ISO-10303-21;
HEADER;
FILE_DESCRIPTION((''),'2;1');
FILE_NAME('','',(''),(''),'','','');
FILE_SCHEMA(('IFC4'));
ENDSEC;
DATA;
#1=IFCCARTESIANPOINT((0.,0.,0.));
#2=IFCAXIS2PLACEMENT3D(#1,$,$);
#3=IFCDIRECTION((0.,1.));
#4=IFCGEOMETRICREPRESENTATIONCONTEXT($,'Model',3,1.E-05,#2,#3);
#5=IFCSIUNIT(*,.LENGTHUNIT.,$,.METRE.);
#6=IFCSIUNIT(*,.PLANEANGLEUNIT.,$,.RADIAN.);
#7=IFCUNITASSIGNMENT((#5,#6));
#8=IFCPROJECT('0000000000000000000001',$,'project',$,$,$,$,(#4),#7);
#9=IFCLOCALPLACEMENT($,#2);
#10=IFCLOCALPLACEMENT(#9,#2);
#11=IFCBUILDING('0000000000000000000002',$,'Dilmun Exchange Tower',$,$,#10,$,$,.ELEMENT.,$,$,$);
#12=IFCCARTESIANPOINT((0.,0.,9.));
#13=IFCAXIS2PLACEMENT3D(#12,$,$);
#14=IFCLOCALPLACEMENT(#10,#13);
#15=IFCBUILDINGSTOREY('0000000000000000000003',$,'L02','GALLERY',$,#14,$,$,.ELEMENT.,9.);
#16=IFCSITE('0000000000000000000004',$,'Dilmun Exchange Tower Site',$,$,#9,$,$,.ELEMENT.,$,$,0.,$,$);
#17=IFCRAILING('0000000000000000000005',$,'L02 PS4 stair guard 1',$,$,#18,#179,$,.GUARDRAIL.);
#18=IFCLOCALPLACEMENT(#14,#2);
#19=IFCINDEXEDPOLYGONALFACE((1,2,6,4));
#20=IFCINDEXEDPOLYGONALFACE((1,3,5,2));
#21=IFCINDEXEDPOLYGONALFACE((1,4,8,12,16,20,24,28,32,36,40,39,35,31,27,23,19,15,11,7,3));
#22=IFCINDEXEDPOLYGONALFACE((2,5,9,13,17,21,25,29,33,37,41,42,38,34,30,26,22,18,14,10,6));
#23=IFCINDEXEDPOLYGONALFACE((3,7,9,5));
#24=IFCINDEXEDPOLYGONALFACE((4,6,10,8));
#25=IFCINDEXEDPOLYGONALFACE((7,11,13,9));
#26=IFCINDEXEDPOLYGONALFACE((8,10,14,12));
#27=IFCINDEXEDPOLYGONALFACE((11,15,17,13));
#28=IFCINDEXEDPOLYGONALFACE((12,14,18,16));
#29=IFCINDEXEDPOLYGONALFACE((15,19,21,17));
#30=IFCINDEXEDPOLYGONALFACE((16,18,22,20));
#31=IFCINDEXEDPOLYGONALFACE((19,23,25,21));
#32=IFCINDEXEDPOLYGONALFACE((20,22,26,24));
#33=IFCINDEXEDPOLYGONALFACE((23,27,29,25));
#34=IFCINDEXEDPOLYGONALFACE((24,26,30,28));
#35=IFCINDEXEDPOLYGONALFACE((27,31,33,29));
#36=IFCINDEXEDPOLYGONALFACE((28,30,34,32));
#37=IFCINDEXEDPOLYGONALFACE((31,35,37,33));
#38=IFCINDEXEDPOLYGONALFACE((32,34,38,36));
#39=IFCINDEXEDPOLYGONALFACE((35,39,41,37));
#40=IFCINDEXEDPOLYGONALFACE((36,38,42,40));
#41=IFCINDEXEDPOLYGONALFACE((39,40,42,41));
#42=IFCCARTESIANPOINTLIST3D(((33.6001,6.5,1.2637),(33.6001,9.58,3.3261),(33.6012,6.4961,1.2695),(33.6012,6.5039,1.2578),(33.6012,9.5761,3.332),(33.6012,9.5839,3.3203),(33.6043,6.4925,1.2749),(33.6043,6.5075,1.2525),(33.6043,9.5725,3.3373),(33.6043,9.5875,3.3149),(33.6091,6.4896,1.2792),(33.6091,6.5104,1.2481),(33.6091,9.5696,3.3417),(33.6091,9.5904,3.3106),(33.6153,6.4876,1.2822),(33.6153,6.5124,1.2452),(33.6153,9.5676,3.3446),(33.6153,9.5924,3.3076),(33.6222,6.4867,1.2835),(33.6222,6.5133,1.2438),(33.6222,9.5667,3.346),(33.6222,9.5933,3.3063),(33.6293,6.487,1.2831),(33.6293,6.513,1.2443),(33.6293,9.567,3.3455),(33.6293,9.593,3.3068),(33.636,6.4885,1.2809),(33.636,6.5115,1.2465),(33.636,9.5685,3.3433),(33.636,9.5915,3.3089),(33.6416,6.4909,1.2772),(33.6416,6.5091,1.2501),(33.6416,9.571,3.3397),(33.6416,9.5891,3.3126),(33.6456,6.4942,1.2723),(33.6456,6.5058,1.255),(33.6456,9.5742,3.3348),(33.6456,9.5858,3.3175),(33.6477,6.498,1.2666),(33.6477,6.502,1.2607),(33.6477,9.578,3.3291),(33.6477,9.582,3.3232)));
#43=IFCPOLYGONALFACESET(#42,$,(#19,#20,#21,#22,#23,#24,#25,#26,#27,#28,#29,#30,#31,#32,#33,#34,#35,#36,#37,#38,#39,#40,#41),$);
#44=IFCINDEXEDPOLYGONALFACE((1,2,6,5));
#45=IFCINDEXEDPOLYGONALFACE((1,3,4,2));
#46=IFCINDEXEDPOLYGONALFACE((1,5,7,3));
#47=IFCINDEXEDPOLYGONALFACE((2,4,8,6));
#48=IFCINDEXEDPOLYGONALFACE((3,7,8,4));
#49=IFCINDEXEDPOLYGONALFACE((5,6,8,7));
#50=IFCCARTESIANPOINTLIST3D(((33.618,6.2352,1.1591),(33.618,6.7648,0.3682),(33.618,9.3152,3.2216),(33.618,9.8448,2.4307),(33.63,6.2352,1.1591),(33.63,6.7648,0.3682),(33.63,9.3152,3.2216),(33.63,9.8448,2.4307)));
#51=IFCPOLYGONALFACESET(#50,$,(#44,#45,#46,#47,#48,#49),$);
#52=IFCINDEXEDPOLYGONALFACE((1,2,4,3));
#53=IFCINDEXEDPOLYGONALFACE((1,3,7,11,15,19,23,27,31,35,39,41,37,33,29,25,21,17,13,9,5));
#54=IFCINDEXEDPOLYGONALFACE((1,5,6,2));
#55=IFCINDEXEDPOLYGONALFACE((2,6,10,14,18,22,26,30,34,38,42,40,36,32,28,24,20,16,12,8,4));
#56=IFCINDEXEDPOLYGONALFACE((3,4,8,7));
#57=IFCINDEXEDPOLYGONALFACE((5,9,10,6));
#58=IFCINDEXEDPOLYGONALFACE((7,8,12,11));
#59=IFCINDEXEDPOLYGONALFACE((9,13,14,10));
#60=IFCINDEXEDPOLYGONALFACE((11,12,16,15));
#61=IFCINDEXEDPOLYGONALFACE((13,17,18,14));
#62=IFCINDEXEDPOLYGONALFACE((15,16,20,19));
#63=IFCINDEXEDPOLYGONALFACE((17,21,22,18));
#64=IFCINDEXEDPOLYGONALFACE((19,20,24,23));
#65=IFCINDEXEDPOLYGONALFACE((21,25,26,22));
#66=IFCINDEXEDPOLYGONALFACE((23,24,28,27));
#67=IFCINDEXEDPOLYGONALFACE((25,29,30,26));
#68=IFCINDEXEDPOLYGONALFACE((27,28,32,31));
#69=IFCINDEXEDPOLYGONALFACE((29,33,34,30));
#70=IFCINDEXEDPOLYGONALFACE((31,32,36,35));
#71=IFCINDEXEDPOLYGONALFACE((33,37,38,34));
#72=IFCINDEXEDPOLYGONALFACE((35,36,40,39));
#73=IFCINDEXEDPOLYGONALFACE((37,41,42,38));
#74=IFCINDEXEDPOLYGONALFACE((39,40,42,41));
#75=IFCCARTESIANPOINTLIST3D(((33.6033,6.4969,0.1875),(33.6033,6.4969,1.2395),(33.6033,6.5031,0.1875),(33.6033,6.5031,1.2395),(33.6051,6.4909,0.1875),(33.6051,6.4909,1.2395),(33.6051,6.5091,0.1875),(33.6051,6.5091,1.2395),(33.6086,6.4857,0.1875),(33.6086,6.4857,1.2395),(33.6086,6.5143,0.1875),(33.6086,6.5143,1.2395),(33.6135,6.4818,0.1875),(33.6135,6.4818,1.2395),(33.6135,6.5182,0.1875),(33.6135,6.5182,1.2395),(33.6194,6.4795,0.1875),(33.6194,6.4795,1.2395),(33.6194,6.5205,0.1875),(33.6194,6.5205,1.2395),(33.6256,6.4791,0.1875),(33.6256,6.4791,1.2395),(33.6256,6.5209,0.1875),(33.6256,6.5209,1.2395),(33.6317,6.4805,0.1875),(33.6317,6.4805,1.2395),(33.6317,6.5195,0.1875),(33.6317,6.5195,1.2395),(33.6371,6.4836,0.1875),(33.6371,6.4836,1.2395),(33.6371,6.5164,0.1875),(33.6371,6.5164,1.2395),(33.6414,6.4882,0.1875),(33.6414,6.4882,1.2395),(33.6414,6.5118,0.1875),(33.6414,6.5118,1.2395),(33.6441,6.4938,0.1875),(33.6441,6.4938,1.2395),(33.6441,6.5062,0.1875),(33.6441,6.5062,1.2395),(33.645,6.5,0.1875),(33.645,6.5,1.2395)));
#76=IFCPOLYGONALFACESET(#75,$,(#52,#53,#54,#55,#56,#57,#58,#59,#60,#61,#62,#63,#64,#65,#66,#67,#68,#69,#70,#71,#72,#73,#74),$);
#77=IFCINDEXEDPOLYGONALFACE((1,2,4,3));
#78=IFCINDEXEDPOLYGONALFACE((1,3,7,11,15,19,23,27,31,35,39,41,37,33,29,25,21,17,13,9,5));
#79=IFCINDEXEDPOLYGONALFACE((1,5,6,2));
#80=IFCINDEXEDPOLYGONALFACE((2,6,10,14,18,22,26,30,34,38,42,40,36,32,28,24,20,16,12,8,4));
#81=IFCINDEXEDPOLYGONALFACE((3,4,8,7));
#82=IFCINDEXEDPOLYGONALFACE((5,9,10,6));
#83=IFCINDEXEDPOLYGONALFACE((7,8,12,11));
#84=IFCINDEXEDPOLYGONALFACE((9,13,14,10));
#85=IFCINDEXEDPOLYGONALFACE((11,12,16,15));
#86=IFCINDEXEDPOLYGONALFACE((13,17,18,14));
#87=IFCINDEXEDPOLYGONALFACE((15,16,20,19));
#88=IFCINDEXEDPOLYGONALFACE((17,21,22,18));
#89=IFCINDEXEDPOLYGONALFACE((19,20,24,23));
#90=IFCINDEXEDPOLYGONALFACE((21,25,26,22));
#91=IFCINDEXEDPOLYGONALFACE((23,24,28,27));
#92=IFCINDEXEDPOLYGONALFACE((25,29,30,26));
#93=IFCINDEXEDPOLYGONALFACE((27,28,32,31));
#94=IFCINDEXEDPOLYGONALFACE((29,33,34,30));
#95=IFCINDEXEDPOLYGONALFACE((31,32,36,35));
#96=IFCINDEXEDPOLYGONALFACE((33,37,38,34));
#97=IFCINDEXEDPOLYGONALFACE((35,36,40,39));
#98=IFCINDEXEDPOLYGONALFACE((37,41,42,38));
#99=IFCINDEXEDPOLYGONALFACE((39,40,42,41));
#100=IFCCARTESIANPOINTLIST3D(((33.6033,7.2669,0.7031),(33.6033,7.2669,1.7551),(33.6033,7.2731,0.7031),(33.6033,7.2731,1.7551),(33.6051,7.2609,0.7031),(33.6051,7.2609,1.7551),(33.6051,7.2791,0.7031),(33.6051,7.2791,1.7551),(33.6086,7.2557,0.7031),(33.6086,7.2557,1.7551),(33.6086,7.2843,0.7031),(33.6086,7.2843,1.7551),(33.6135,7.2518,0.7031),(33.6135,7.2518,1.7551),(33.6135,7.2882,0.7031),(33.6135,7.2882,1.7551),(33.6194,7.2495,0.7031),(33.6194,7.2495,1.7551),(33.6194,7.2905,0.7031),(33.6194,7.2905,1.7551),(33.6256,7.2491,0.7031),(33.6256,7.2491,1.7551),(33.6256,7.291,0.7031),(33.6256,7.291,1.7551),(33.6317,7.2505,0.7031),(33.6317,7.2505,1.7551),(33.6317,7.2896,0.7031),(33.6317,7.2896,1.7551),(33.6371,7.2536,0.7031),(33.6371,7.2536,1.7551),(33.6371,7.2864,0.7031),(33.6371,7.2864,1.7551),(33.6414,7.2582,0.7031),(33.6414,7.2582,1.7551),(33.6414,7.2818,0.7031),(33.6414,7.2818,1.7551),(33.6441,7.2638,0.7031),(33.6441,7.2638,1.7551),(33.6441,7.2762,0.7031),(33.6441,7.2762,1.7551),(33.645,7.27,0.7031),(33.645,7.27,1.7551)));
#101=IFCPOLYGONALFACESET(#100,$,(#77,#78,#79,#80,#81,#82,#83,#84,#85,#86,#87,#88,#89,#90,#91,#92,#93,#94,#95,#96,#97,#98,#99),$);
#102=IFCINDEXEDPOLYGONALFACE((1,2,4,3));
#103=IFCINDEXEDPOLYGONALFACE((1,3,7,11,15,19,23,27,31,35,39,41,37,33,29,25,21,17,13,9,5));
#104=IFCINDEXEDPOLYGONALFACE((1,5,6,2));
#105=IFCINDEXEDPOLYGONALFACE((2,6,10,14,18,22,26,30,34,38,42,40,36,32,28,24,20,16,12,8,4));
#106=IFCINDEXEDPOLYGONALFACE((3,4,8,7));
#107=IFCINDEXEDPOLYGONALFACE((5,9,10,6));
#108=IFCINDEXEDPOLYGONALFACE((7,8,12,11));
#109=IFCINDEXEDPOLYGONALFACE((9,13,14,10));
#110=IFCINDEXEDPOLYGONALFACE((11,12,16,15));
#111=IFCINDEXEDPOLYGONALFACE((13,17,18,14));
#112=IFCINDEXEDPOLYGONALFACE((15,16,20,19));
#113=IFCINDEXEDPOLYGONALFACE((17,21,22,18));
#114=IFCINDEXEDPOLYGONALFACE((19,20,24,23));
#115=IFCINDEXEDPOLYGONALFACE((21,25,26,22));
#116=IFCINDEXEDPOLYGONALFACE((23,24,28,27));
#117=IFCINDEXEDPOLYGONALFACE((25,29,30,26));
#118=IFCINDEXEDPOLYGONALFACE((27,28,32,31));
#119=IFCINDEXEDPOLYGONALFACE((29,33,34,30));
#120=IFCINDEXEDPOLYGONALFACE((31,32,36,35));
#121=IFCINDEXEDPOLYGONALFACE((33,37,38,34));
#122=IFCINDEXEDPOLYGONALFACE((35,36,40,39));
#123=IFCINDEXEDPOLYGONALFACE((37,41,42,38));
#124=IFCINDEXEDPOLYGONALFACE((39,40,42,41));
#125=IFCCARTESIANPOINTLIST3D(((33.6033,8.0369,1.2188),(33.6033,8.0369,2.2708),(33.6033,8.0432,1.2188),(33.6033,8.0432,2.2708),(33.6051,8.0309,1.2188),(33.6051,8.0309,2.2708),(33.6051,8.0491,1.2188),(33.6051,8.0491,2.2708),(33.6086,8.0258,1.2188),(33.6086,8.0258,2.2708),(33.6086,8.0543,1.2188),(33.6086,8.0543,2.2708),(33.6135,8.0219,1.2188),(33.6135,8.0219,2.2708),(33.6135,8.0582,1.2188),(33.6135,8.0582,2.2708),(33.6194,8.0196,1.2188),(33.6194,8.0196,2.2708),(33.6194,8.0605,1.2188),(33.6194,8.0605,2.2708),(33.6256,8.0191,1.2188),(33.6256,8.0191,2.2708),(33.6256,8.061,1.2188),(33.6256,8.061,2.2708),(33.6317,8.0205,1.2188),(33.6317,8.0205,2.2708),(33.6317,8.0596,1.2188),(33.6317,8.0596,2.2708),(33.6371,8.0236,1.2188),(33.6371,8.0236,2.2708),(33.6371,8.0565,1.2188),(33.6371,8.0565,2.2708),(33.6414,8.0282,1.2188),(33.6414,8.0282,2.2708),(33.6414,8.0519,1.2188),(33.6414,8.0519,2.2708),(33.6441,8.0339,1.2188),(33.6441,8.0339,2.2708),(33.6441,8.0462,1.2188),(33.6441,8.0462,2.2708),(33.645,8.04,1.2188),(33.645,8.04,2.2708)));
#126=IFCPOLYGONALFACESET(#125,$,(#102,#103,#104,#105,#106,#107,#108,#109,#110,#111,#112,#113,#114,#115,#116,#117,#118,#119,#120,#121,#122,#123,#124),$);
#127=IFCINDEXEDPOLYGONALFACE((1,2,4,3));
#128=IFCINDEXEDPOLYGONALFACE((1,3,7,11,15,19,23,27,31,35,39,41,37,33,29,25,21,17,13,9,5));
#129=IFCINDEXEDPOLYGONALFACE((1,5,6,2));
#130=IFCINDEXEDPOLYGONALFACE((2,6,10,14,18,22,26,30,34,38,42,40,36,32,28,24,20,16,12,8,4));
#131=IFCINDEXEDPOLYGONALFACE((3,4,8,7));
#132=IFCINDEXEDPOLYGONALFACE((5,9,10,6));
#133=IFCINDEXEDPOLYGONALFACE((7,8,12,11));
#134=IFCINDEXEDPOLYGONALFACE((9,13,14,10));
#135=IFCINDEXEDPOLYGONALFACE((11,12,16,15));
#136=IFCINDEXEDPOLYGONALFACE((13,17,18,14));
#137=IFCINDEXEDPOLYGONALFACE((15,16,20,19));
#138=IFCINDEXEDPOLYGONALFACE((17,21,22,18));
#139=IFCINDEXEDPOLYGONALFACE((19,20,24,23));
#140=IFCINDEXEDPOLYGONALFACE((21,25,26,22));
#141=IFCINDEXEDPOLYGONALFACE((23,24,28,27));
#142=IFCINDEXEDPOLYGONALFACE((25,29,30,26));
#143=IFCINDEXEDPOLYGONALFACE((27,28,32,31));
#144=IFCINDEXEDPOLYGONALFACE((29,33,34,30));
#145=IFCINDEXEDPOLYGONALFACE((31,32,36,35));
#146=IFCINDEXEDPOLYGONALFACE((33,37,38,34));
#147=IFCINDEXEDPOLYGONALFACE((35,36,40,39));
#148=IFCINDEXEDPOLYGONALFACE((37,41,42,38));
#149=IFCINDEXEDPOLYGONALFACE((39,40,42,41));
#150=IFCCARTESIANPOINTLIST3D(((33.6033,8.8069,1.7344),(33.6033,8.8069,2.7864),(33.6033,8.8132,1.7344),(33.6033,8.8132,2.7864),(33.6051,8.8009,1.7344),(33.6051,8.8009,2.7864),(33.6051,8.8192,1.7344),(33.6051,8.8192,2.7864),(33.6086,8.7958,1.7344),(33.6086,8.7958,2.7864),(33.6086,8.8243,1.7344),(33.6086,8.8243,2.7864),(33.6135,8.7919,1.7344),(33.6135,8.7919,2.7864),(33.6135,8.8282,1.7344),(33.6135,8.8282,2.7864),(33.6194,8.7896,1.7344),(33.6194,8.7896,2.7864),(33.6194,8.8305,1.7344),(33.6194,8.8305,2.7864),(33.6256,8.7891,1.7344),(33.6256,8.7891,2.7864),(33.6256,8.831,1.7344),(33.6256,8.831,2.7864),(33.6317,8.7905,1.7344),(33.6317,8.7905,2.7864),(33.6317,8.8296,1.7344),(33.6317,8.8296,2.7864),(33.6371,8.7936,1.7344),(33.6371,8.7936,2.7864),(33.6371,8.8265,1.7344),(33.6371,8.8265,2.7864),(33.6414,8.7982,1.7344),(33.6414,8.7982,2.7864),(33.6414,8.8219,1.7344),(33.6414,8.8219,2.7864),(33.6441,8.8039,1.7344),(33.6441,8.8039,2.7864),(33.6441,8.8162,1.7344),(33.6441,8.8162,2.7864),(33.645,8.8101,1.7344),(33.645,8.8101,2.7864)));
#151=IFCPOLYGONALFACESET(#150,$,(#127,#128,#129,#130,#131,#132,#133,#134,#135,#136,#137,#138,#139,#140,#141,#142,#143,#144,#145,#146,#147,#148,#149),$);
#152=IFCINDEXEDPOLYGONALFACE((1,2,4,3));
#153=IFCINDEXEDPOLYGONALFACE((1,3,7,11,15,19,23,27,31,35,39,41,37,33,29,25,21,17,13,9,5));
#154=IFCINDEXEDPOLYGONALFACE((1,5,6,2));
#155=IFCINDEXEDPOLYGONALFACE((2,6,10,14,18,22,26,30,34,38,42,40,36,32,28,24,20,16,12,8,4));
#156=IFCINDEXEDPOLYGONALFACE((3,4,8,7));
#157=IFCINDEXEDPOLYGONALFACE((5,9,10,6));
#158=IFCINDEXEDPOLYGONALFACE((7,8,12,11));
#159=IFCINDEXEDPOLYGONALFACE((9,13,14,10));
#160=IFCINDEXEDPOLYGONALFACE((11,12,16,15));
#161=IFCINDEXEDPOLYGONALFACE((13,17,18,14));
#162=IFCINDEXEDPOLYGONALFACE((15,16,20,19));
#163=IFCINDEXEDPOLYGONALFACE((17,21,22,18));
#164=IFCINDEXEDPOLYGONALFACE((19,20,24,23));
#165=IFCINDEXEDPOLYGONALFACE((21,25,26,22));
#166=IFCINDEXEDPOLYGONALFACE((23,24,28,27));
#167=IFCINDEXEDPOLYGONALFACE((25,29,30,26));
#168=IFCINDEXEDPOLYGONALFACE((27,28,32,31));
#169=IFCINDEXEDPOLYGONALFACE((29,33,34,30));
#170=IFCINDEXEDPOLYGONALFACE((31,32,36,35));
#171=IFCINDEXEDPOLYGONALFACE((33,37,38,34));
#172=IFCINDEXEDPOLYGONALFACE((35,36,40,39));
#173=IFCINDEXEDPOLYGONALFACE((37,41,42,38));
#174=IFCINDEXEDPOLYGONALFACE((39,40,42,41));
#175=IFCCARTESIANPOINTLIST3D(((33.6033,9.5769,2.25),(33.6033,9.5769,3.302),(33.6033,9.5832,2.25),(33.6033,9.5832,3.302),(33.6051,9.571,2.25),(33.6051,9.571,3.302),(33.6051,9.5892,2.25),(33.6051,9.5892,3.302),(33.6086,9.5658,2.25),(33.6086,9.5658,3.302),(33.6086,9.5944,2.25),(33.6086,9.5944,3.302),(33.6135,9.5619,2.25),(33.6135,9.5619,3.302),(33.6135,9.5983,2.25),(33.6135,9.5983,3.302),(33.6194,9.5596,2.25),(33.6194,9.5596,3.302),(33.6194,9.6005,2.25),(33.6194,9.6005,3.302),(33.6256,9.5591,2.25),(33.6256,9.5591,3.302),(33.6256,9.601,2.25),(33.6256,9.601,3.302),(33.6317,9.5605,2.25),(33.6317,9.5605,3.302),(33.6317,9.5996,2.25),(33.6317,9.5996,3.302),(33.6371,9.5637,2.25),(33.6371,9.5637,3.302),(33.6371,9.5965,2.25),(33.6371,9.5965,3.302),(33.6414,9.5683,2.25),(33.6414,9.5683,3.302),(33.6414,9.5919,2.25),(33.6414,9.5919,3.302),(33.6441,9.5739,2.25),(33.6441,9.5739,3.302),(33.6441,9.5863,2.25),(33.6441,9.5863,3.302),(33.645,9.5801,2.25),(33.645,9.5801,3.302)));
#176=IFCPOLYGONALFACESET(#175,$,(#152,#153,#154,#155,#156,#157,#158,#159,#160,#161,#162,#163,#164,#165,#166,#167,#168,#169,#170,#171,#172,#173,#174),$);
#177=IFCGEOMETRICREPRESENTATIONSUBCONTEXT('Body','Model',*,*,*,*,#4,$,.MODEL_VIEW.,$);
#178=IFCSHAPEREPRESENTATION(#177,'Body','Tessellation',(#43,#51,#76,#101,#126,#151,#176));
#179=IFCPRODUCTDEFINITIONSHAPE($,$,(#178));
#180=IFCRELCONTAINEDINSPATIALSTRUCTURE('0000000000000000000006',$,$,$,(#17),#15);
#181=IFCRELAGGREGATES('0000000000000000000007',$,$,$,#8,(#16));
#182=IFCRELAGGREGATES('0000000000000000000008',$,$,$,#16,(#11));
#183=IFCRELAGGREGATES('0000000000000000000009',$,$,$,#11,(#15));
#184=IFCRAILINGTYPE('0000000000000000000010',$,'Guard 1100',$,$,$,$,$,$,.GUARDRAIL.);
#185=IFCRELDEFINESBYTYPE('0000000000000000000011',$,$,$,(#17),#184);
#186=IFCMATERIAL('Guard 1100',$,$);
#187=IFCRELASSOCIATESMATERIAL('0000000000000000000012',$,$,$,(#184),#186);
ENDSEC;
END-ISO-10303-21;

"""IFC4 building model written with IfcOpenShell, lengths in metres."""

from ifc_helpers import new_model, si_unit, direction, frame, origin, origin_2d, place, context, subcontext, project, spatial, rectangle, circle, extrude, material, type_object, element, save


model = new_model("IFC4")

# Units and contexts
model_context = context("Model", 3, precision=1e-05, world=origin(), true_north=direction((0.0, 1.0)))
body_context = subcontext(model_context, "Body", "Model", "MODEL_VIEW")
ifc_project = project(units=[si_unit("LENGTHUNIT", "METRE"), si_unit("PLANEANGLEUNIT", "RADIAN")], contexts=[model_context])

# Site, building, storey
site_placement = place(None, origin())
site = spatial("IfcSite", under=ifc_project, at=site_placement, Name="Dilmun Exchange Tower Site", CompositionType="ELEMENT", RefElevation=0.0)
building_placement = place(site_placement, origin())
building = spatial("IfcBuilding", under=site, at=building_placement, Name="Dilmun Exchange Tower", CompositionType="ELEMENT")
storey_placement = place(building_placement, frame((0.0, 0.0, 9.0)))
storey = spatial("IfcBuildingStorey", under=building, at=storey_placement, Name="L02", Description="GALLERY", CompositionType="ELEMENT", Elevation=9.0)

# Railing
ifc_material_1 = material(Name="Guard 1100")
railing_type_1 = type_object("IfcRailingType", Name="Guard 1100", PredefinedType="GUARDRAIL", material=ifc_material_1)
railing_1_placement = place(storey_placement, frame((33.624, 6.5, 0.1875)))
element("IfcRailing", 1, at=railing_1_placement, inside=storey, type_object=railing_type_1, Name="L02 PS4 stair guard 1", PredefinedType="GUARDRAIL", context=body_context, shape_type="SweptSolid", body=[
    extrude(circle(Radius=0.0239, at=origin_2d()), frame((0.0, 0.0, 1.0762), z_axis=(0.0, 0.830914, 0.556401), x_axis=(-1.0, 0.0, 0.0)), (0.0, 0.0, 1.0), 3.7068),
    extrude(rectangle(XDim=0.012, YDim=0.9519, at=origin_2d()), frame((0.0, 0.0, 0.5762), z_axis=(0.0, 0.830914, 0.556401), x_axis=(-1.0, 0.0, 0.0)), (0.0, 0.0, 1.0), 3.7068),
    extrude(circle(Radius=0.021, at=origin_2d()), origin(), (0.0, 0.0, 1.0), 1.052),
    extrude(circle(Radius=0.021, at=origin_2d()), frame((0.0, 0.77, 0.5156)), (0.0, 0.0, 1.0), 1.052),
    extrude(circle(Radius=0.021, at=origin_2d()), frame((0.0, 1.54, 1.0312)), (0.0, 0.0, 1.0), 1.052),
    extrude(circle(Radius=0.021, at=origin_2d()), frame((0.0, 2.3101, 1.5469)), (0.0, 0.0, 1.0), 1.052),
    extrude(circle(Radius=0.021, at=origin_2d()), frame((0.0, 3.0801, 2.0625)), (0.0, 0.0, 1.0), 1.052),
])

save(model, "model.ifc")
